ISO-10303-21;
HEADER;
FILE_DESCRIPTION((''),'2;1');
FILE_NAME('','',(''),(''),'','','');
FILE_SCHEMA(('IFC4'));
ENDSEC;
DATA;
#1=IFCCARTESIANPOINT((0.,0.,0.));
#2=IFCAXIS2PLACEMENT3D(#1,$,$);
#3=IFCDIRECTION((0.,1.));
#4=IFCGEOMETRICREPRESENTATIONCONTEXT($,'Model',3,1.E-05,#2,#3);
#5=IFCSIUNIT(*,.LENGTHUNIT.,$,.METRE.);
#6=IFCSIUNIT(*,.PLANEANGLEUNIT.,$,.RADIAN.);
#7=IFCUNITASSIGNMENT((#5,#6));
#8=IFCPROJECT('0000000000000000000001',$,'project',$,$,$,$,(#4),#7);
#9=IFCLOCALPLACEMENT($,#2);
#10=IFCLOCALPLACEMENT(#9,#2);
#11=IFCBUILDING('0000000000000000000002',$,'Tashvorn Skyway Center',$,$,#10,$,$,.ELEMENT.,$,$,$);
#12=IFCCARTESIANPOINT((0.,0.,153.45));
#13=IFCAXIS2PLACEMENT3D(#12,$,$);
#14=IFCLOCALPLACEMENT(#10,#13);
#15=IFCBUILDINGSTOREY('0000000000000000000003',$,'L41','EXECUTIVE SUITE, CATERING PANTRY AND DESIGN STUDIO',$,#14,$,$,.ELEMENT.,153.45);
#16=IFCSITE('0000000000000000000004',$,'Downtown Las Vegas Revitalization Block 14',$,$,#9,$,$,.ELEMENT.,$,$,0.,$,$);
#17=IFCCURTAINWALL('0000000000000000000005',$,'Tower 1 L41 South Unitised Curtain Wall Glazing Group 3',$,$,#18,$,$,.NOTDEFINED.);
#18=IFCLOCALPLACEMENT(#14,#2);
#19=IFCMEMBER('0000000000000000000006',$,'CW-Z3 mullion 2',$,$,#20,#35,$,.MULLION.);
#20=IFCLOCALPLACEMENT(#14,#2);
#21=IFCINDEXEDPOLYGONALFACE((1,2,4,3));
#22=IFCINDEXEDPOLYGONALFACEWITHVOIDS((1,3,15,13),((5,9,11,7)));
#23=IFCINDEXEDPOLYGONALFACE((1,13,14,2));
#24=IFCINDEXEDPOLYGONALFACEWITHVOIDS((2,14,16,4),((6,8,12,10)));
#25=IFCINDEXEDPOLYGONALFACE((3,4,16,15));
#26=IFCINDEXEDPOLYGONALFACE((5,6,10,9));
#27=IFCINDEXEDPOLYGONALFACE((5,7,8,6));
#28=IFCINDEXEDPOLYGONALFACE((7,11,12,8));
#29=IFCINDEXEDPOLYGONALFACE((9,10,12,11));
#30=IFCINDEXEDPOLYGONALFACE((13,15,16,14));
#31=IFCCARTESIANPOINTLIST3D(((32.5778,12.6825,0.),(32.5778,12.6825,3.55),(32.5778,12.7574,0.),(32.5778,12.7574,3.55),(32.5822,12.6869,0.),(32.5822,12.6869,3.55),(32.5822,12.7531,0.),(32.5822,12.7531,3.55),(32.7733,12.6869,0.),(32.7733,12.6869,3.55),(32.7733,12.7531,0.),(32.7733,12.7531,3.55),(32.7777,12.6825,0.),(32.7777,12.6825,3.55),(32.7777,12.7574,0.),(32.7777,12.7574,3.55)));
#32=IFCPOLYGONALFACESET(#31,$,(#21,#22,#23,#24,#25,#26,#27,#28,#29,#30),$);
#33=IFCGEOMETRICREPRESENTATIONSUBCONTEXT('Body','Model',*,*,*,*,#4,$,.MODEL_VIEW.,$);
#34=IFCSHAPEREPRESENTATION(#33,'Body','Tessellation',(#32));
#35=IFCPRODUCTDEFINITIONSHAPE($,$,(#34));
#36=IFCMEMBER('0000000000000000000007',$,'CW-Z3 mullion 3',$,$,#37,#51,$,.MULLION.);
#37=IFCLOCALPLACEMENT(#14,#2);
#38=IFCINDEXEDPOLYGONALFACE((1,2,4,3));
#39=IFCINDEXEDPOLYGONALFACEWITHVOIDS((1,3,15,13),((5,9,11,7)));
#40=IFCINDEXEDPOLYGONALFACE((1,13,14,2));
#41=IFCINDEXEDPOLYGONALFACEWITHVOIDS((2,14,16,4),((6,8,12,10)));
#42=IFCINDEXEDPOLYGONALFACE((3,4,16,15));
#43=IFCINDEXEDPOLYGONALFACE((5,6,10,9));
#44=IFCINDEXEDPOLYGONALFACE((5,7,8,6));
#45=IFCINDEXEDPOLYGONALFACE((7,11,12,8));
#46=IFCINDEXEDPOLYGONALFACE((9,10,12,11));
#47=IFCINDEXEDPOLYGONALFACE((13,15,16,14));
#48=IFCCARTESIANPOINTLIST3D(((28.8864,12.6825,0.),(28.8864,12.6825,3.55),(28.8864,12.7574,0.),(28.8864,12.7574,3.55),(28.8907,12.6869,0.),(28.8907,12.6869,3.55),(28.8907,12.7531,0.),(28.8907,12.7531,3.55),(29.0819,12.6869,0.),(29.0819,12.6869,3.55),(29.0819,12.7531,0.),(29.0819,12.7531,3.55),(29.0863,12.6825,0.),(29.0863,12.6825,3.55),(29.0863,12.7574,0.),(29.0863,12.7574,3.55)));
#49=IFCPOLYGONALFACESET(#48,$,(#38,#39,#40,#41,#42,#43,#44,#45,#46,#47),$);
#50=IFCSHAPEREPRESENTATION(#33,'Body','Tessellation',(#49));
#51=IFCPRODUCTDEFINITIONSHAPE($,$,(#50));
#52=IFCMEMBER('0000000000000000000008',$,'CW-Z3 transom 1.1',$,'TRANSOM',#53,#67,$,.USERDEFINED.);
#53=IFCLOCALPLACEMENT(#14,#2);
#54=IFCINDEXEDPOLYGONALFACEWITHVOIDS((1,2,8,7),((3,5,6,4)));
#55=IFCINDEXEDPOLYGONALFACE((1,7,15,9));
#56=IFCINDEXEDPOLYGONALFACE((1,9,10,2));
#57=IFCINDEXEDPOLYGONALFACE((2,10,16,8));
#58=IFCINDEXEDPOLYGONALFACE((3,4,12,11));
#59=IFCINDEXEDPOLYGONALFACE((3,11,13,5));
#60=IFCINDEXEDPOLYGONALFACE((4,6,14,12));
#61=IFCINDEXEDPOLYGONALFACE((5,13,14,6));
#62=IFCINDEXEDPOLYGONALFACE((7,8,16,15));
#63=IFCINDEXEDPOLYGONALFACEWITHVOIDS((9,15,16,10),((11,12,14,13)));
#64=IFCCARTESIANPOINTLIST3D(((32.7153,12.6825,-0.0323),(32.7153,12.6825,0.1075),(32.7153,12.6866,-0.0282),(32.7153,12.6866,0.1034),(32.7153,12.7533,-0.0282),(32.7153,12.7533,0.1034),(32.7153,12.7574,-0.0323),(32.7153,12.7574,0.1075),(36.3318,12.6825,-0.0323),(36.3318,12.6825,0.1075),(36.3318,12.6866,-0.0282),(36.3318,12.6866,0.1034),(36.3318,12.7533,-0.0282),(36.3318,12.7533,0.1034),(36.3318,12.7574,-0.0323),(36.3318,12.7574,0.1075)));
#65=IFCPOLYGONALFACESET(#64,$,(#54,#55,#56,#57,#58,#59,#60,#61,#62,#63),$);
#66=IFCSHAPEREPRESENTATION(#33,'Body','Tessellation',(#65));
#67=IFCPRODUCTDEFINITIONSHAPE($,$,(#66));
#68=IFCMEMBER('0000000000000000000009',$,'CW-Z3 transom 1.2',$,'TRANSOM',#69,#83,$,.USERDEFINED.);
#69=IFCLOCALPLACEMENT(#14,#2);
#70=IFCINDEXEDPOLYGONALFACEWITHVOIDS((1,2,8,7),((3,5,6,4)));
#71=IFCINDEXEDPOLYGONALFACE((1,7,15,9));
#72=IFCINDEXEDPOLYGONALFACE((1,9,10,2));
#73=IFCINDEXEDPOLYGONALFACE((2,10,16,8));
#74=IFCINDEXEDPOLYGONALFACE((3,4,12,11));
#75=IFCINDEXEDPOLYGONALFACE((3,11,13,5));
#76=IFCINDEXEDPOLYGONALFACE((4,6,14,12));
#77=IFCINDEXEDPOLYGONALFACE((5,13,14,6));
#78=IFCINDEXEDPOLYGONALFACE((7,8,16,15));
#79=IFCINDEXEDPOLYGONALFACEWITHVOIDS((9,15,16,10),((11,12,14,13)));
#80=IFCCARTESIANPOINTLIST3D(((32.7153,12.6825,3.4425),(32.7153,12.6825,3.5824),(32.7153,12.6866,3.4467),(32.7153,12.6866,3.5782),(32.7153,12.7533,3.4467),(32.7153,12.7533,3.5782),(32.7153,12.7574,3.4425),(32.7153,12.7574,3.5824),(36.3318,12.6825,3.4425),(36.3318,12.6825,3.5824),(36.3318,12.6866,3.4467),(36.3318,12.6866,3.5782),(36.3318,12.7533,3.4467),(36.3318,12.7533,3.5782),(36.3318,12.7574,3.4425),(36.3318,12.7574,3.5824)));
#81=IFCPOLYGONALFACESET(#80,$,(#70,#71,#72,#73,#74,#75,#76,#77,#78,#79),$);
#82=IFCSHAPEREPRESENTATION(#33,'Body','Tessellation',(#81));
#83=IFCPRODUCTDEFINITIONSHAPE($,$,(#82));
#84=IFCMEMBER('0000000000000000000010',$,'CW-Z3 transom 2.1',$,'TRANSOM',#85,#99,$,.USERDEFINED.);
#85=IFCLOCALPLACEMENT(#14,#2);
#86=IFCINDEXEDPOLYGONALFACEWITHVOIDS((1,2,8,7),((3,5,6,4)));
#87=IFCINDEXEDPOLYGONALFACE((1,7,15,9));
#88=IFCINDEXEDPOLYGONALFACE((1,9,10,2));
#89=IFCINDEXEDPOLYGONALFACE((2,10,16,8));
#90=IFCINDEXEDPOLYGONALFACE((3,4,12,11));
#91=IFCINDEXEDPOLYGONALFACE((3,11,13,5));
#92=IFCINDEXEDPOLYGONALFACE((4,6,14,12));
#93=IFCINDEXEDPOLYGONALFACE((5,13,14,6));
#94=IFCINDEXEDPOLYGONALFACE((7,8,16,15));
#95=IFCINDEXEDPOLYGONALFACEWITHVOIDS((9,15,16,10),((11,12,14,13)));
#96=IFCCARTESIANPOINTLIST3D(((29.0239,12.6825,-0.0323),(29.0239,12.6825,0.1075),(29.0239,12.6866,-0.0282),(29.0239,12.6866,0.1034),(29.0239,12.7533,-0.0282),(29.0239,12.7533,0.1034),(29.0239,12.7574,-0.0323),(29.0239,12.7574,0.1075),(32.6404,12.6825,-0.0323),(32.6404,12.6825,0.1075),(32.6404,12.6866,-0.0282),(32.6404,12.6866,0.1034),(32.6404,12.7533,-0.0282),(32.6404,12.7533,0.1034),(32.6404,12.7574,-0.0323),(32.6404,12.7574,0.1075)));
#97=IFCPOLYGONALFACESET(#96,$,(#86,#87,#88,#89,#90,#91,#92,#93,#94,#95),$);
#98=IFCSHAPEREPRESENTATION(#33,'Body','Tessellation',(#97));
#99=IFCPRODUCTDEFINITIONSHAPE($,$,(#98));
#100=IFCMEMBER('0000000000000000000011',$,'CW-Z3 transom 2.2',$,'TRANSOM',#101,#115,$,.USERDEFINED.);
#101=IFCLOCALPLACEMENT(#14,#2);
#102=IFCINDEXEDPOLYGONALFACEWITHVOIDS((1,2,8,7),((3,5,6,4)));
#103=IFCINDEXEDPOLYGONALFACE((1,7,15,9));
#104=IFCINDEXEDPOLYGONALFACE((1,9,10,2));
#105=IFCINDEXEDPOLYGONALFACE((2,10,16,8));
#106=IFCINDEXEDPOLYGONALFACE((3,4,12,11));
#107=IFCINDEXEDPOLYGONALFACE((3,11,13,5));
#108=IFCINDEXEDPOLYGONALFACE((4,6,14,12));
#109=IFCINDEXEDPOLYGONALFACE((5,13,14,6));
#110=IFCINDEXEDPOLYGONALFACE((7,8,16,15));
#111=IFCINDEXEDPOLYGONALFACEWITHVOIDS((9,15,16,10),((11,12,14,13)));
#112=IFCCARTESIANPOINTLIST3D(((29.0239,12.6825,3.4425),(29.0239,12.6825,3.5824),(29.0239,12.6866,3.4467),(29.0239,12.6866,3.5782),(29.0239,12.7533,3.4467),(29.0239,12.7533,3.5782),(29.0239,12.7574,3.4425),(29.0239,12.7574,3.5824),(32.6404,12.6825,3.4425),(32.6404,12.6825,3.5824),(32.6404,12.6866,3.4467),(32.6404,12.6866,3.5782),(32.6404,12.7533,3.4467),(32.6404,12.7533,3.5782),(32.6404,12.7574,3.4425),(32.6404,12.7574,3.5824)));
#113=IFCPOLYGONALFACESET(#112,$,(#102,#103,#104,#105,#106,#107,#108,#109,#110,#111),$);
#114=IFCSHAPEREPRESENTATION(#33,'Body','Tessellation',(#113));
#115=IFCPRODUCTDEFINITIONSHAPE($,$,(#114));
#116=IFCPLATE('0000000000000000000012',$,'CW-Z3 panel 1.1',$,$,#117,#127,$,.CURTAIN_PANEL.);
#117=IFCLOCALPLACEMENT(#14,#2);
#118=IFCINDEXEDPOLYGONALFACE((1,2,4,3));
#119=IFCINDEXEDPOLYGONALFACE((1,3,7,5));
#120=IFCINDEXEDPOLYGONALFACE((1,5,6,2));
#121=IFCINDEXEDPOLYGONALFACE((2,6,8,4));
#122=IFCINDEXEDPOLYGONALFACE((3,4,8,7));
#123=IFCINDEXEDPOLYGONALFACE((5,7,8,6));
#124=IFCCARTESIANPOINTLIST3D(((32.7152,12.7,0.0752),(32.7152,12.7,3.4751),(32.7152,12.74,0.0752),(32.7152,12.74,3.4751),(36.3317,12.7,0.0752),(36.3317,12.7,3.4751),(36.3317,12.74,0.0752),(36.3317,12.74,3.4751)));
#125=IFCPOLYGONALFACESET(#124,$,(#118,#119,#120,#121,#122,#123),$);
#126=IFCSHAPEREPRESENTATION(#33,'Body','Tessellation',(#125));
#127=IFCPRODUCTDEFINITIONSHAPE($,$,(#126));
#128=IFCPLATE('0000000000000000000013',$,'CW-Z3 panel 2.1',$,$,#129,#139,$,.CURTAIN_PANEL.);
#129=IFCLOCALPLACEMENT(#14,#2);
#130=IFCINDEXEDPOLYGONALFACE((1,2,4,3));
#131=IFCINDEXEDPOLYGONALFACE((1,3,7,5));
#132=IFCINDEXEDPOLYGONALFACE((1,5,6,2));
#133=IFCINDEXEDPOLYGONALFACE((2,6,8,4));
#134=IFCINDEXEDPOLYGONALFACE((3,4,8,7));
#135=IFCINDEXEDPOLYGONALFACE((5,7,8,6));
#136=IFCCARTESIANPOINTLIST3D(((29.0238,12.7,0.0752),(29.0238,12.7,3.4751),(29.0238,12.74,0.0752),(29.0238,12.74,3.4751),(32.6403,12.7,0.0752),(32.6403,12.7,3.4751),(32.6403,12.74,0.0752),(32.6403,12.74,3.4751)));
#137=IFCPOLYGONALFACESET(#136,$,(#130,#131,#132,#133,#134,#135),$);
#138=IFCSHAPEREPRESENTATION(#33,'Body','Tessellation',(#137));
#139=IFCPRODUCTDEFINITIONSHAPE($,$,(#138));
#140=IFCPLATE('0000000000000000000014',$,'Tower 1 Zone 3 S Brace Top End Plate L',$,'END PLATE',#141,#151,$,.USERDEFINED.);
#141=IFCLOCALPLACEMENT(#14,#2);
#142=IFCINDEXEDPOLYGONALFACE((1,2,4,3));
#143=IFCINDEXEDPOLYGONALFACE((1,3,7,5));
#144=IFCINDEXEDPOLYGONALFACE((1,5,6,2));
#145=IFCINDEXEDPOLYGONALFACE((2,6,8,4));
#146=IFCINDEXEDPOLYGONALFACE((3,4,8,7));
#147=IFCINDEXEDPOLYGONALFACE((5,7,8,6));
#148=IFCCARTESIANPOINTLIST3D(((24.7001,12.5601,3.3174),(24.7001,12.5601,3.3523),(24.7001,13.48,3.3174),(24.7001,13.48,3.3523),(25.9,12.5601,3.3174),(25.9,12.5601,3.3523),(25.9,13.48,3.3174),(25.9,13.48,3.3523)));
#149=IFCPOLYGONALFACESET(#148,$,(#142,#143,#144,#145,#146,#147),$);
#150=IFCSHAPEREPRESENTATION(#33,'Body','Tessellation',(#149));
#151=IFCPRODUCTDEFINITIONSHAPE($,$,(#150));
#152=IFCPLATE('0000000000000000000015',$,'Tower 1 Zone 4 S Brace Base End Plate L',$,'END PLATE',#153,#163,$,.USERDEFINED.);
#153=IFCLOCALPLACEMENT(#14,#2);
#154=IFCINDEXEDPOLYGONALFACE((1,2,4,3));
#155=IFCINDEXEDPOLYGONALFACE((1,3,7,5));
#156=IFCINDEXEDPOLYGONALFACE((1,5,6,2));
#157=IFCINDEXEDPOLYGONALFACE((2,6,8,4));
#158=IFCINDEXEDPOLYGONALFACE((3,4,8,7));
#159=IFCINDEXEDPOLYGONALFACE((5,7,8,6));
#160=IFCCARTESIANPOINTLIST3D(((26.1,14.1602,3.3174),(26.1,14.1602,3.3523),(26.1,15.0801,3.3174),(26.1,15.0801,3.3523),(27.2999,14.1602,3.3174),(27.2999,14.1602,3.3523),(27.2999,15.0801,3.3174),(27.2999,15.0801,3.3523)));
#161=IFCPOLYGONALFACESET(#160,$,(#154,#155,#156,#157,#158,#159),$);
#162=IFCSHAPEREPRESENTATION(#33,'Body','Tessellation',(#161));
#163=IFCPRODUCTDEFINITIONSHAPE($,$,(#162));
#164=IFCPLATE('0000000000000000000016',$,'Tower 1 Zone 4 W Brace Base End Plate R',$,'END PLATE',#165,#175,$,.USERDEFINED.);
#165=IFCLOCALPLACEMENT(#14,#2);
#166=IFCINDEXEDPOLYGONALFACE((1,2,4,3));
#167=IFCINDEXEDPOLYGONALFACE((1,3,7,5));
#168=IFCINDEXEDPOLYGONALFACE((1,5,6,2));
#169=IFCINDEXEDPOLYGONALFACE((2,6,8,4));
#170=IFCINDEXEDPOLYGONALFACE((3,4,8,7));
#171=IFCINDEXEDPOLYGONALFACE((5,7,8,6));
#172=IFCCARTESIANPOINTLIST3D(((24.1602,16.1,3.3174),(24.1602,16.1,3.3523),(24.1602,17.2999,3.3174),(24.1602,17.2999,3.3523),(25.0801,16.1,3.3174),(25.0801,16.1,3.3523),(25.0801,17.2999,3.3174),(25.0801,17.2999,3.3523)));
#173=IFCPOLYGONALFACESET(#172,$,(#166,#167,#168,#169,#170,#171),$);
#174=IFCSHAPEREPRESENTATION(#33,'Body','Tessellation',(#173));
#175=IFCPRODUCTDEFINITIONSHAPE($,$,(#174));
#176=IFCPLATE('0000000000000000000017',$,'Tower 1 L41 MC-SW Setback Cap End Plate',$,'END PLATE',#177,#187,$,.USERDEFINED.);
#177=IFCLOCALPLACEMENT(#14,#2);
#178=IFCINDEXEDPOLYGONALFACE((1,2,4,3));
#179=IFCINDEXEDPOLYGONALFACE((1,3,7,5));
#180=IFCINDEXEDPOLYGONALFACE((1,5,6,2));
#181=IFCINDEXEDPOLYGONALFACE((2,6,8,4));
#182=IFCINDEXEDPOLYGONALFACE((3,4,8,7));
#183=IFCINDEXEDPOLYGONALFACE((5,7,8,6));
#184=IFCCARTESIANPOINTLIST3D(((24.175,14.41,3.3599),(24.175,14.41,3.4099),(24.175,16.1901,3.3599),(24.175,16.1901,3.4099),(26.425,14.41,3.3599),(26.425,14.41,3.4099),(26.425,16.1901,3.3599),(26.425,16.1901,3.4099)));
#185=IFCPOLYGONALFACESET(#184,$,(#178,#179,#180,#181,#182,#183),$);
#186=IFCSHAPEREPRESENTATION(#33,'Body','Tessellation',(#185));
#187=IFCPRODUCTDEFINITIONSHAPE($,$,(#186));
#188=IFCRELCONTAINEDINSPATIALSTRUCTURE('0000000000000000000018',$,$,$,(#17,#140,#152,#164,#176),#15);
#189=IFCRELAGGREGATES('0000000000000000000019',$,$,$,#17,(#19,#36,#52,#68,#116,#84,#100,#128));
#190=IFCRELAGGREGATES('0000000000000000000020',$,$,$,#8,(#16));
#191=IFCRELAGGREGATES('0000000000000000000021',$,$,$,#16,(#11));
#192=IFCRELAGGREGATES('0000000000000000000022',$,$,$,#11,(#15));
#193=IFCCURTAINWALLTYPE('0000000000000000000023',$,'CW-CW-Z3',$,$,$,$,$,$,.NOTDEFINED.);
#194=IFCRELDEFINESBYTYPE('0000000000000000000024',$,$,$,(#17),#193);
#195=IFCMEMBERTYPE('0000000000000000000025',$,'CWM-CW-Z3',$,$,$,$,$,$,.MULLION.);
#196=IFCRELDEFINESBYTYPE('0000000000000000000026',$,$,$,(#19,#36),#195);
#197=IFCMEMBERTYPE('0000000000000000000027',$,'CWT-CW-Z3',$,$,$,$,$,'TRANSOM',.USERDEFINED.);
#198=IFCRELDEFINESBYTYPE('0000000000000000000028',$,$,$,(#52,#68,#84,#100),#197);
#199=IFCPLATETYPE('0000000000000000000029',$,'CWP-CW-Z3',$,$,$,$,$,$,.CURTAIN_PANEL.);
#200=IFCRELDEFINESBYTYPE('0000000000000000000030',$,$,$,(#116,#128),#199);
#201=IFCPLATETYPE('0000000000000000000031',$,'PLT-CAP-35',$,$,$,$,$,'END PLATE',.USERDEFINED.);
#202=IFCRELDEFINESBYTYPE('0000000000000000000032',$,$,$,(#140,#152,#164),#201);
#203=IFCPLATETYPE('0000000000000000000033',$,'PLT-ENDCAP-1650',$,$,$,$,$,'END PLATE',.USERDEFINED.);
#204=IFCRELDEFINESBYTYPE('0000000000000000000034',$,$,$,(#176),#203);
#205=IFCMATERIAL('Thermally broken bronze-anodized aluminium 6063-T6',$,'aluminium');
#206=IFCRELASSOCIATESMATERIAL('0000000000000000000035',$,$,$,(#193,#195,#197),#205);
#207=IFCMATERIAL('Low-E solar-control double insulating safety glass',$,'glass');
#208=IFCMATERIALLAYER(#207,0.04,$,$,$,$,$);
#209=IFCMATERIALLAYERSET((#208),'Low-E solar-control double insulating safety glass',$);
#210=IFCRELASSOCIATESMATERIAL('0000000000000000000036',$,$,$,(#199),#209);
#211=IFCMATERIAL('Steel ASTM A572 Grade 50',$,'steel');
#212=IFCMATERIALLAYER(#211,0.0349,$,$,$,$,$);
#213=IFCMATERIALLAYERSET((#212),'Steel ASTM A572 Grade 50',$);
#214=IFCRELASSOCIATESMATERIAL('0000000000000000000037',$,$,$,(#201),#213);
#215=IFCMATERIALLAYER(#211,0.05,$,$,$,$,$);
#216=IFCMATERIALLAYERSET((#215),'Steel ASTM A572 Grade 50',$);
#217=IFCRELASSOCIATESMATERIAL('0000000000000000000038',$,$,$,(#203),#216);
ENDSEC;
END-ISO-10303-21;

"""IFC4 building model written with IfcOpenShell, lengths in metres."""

from ifc_helpers import new_model, si_unit, direction, frame, origin, origin_2d, place, context, subcontext, project, spatial, rectangle, hollow_rectangle, extrude, material, layer, layer_set, material_profile, profile_set, type_object, element, aggregate, save


model = new_model("IFC4")

# Units and contexts
model_context = context("Model", 3, precision=1e-05, world=origin(), true_north=direction((0.0, 1.0)))
body_context = subcontext(model_context, "Body", "Model", "MODEL_VIEW")
ifc_project = project(units=[si_unit("LENGTHUNIT", "METRE"), si_unit("PLANEANGLEUNIT", "RADIAN")], contexts=[model_context])

# Site, building, storey
site_placement = place(None, origin())
site = spatial("IfcSite", under=ifc_project, at=site_placement, Name="Downtown Las Vegas Revitalization Block 14", CompositionType="ELEMENT", RefElevation=0.0)
building_placement = place(site_placement, origin())
building = spatial("IfcBuilding", under=site, at=building_placement, Name="Tashvorn Skyway Center", CompositionType="ELEMENT")
storey_placement = place(building_placement, frame((0.0, 0.0, 153.45)))
storey = spatial("IfcBuildingStorey", under=building, at=storey_placement, Name="L41", Description="EXECUTIVE SUITE, CATERING PANTRY AND DESIGN STUDIO", CompositionType="ELEMENT", Elevation=153.45)

# Shared definitions
ifc_material_1 = material(Name="Steel ASTM A572 Grade 50", Category="steel")

# Shared definitions
ifc_material_2 = material(Name="Thermally broken bronze-anodized aluminium 6063-T6", Category="aluminium")
curtain_wall_type = type_object("IfcCurtainWallType", Name="CW-CW-Z3", PredefinedType="NOTDEFINED", material=ifc_material_2)
ifc_material_profile_1 = material_profile(ifc_material_2, hollow_rectangle(XDim=0.075, YDim=0.2, WallThickness=0.0044, at=origin_2d()), Name="ALU-MULL-75x200")
ifc_profile_set_1 = profile_set([ifc_material_profile_1], Name="Thermally broken bronze-anodized aluminium 6063-T6")
member_type_1 = type_object("IfcMemberType", Name="CWM-CW-Z3", PredefinedType="MULLION", material=ifc_profile_set_1)

# Curtain wall, members, plates
curtain_wall_1_placement = place(storey_placement, origin())
curtain_wall_1 = element("IfcCurtainWall", 1, at=curtain_wall_1_placement, inside=storey, type_object=curtain_wall_type, Name="Tower 1 L41 South Unitised Curtain Wall Glazing Group 3", PredefinedType="NOTDEFINED")
member_1_placement = place(storey_placement, frame((32.6777, 12.72, 0.0), z_axis=(0.0, 0.0, 1.0), x_axis=(0.0, -1.0, 0.0)))
member_1 = element("IfcMember", 2, at=member_1_placement, type_object=member_type_1, Name="CW-Z3 mullion 2", PredefinedType="MULLION", context=body_context, shape_type="SweptSolid", body=[
    extrude(hollow_rectangle(XDim=0.075, YDim=0.2, WallThickness=0.0044, at=origin_2d()), origin(), (0.0, 0.0, 1.0), 3.55),
])
member_2_placement = place(storey_placement, frame((28.9863, 12.72, 0.0), z_axis=(0.0, 0.0, 1.0), x_axis=(0.0, -1.0, 0.0)))
member_2 = element("IfcMember", 3, at=member_2_placement, type_object=member_type_1, Name="CW-Z3 mullion 3", PredefinedType="MULLION", context=body_context, shape_type="SweptSolid", body=[
    extrude(hollow_rectangle(XDim=0.075, YDim=0.2, WallThickness=0.0044, at=origin_2d()), origin(), (0.0, 0.0, 1.0), 3.55),
])
ifc_material_profile_2 = material_profile(ifc_material_2, hollow_rectangle(XDim=0.075, YDim=0.1399, WallThickness=0.0042, at=origin_2d()), Name="ALU-TRAN-75x140")
ifc_profile_set_2 = profile_set([ifc_material_profile_2], Name="Thermally broken bronze-anodized aluminium 6063-T6")
member_type_2 = type_object("IfcMemberType", Name="CWT-CW-Z3", ElementType="TRANSOM", PredefinedType="USERDEFINED", material=ifc_profile_set_2)
member_3_placement = place(storey_placement, frame((36.3318, 12.72, 0.0376), z_axis=(-1.0, 0.0, 0.0), x_axis=(0.0, -1.0, 0.0)))
member_3 = element("IfcMember", 4, at=member_3_placement, type_object=member_type_2, Name="CW-Z3 transom 1.1", ObjectType="TRANSOM", PredefinedType="USERDEFINED", context=body_context, shape_type="SweptSolid", body=[
    extrude(hollow_rectangle(XDim=0.075, YDim=0.1399, WallThickness=0.0042, at=origin_2d()), origin(), (0.0, 0.0, 1.0), 3.6165),
])
member_4_placement = place(storey_placement, frame((36.3318, 12.72, 3.5125), z_axis=(-1.0, 0.0, 0.0), x_axis=(0.0, -1.0, 0.0)))
member_4 = element("IfcMember", 5, at=member_4_placement, type_object=member_type_2, Name="CW-Z3 transom 1.2", ObjectType="TRANSOM", PredefinedType="USERDEFINED", context=body_context, shape_type="SweptSolid", body=[
    extrude(hollow_rectangle(XDim=0.075, YDim=0.1399, WallThickness=0.0042, at=origin_2d()), origin(), (0.0, 0.0, 1.0), 3.6165),
])
member_5_placement = place(storey_placement, frame((32.6404, 12.72, 0.0376), z_axis=(-1.0, 0.0, 0.0), x_axis=(0.0, -1.0, 0.0)))
member_5 = element("IfcMember", 6, at=member_5_placement, type_object=member_type_2, Name="CW-Z3 transom 2.1", ObjectType="TRANSOM", PredefinedType="USERDEFINED", context=body_context, shape_type="SweptSolid", body=[
    extrude(hollow_rectangle(XDim=0.075, YDim=0.1399, WallThickness=0.0042, at=origin_2d()), origin(), (0.0, 0.0, 1.0), 3.6165),
])
member_6_placement = place(storey_placement, frame((32.6404, 12.72, 3.5125), z_axis=(-1.0, 0.0, 0.0), x_axis=(0.0, -1.0, 0.0)))
member_6 = element("IfcMember", 7, at=member_6_placement, type_object=member_type_2, Name="CW-Z3 transom 2.2", ObjectType="TRANSOM", PredefinedType="USERDEFINED", context=body_context, shape_type="SweptSolid", body=[
    extrude(hollow_rectangle(XDim=0.075, YDim=0.1399, WallThickness=0.0042, at=origin_2d()), origin(), (0.0, 0.0, 1.0), 3.6165),
])
ifc_material_3 = material(Name="Low-E solar-control double insulating safety glass", Category="glass")
ifc_layer_1 = layer(ifc_material_3, 0.04)
ifc_layer_set_1 = layer_set([ifc_layer_1], Name="Low-E solar-control double insulating safety glass")
plate_type_1 = type_object("IfcPlateType", Name="CWP-CW-Z3", PredefinedType="CURTAIN_PANEL", material=ifc_layer_set_1)
plate_1_placement = place(storey_placement, frame((34.5234, 12.72, 0.0752), z_axis=(0.0, 0.0, 1.0), x_axis=(-1.0, 0.0, 0.0)))
plate_1 = element("IfcPlate", 8, at=plate_1_placement, type_object=plate_type_1, Name="CW-Z3 panel 1.1", PredefinedType="CURTAIN_PANEL", context=body_context, shape_type="SweptSolid", body=[
    extrude(rectangle(XDim=3.6165, YDim=0.04, at=origin_2d()), origin(), (0.0, 0.0, 1.0), 3.3999),
])
plate_2_placement = place(storey_placement, frame((30.832, 12.72, 0.0752), z_axis=(0.0, 0.0, 1.0), x_axis=(-1.0, 0.0, 0.0)))
plate_2 = element("IfcPlate", 9, at=plate_2_placement, type_object=plate_type_1, Name="CW-Z3 panel 2.1", PredefinedType="CURTAIN_PANEL", context=body_context, shape_type="SweptSolid", body=[
    extrude(rectangle(XDim=3.6165, YDim=0.04, at=origin_2d()), origin(), (0.0, 0.0, 1.0), 3.3999),
])
aggregate(curtain_wall_1, [member_1, member_2, member_3, member_4, plate_1, member_5, member_6, plate_2])

# Plates
ifc_layer_2 = layer(ifc_material_1, 0.0349)
ifc_layer_set_2 = layer_set([ifc_layer_2], Name="Steel ASTM A572 Grade 50")
plate_type_2 = type_object("IfcPlateType", Name="PLT-CAP-35", ElementType="END PLATE", PredefinedType="USERDEFINED", material=ifc_layer_set_2)
for number, where, z_axis, x_axis, name in (
    (10, (25.3, 13.02, 3.3174), (0.0, 0.0, 1.0), (1.0, 0.0, 0.0), "Tower 1 Zone 3 S Brace Top End Plate L"),
    (11, (26.7, 14.6201, 3.3174), (0.0, 0.0, 1.0), (1.0, 0.0, 0.0), "Tower 1 Zone 4 S Brace Base End Plate L"),
    (12, (24.6201, 16.7, 3.3174), (0.0, 0.0, 1.0), (0.0, -1.0, 0.0), "Tower 1 Zone 4 W Brace Base End Plate R"),
):
    element("IfcPlate", number, at=place(storey_placement, frame(where, z_axis=z_axis, x_axis=x_axis)), inside=storey, type_object=plate_type_2, Name=name, ObjectType="END PLATE", PredefinedType="USERDEFINED", context=body_context, shape_type="SweptSolid", body=[
        extrude(rectangle(XDim=1.2, YDim=0.9199, at=origin_2d()), origin(), (0.0, 0.0, 1.0), 0.0349),
    ])
ifc_layer_3 = layer(ifc_material_1, 0.05)
ifc_layer_set_3 = layer_set([ifc_layer_3], Name="Steel ASTM A572 Grade 50")
plate_type_3 = type_object("IfcPlateType", Name="PLT-ENDCAP-1650", ElementType="END PLATE", PredefinedType="USERDEFINED", material=ifc_layer_set_3)
plate_3_placement = place(storey_placement, frame((25.3, 15.3, 3.3599), z_axis=(0.0, 0.0, 1.0), x_axis=(1.0, 0.0, 0.0)))
element("IfcPlate", 13, at=plate_3_placement, inside=storey, type_object=plate_type_3, Name="Tower 1 L41 MC-SW Setback Cap End Plate", ObjectType="END PLATE", PredefinedType="USERDEFINED", context=body_context, shape_type="SweptSolid", body=[
    extrude(rectangle(XDim=2.25, YDim=1.78, at=origin_2d()), origin(), (0.0, 0.0, 1.0), 0.05),
])

save(model, "model.ifc")
